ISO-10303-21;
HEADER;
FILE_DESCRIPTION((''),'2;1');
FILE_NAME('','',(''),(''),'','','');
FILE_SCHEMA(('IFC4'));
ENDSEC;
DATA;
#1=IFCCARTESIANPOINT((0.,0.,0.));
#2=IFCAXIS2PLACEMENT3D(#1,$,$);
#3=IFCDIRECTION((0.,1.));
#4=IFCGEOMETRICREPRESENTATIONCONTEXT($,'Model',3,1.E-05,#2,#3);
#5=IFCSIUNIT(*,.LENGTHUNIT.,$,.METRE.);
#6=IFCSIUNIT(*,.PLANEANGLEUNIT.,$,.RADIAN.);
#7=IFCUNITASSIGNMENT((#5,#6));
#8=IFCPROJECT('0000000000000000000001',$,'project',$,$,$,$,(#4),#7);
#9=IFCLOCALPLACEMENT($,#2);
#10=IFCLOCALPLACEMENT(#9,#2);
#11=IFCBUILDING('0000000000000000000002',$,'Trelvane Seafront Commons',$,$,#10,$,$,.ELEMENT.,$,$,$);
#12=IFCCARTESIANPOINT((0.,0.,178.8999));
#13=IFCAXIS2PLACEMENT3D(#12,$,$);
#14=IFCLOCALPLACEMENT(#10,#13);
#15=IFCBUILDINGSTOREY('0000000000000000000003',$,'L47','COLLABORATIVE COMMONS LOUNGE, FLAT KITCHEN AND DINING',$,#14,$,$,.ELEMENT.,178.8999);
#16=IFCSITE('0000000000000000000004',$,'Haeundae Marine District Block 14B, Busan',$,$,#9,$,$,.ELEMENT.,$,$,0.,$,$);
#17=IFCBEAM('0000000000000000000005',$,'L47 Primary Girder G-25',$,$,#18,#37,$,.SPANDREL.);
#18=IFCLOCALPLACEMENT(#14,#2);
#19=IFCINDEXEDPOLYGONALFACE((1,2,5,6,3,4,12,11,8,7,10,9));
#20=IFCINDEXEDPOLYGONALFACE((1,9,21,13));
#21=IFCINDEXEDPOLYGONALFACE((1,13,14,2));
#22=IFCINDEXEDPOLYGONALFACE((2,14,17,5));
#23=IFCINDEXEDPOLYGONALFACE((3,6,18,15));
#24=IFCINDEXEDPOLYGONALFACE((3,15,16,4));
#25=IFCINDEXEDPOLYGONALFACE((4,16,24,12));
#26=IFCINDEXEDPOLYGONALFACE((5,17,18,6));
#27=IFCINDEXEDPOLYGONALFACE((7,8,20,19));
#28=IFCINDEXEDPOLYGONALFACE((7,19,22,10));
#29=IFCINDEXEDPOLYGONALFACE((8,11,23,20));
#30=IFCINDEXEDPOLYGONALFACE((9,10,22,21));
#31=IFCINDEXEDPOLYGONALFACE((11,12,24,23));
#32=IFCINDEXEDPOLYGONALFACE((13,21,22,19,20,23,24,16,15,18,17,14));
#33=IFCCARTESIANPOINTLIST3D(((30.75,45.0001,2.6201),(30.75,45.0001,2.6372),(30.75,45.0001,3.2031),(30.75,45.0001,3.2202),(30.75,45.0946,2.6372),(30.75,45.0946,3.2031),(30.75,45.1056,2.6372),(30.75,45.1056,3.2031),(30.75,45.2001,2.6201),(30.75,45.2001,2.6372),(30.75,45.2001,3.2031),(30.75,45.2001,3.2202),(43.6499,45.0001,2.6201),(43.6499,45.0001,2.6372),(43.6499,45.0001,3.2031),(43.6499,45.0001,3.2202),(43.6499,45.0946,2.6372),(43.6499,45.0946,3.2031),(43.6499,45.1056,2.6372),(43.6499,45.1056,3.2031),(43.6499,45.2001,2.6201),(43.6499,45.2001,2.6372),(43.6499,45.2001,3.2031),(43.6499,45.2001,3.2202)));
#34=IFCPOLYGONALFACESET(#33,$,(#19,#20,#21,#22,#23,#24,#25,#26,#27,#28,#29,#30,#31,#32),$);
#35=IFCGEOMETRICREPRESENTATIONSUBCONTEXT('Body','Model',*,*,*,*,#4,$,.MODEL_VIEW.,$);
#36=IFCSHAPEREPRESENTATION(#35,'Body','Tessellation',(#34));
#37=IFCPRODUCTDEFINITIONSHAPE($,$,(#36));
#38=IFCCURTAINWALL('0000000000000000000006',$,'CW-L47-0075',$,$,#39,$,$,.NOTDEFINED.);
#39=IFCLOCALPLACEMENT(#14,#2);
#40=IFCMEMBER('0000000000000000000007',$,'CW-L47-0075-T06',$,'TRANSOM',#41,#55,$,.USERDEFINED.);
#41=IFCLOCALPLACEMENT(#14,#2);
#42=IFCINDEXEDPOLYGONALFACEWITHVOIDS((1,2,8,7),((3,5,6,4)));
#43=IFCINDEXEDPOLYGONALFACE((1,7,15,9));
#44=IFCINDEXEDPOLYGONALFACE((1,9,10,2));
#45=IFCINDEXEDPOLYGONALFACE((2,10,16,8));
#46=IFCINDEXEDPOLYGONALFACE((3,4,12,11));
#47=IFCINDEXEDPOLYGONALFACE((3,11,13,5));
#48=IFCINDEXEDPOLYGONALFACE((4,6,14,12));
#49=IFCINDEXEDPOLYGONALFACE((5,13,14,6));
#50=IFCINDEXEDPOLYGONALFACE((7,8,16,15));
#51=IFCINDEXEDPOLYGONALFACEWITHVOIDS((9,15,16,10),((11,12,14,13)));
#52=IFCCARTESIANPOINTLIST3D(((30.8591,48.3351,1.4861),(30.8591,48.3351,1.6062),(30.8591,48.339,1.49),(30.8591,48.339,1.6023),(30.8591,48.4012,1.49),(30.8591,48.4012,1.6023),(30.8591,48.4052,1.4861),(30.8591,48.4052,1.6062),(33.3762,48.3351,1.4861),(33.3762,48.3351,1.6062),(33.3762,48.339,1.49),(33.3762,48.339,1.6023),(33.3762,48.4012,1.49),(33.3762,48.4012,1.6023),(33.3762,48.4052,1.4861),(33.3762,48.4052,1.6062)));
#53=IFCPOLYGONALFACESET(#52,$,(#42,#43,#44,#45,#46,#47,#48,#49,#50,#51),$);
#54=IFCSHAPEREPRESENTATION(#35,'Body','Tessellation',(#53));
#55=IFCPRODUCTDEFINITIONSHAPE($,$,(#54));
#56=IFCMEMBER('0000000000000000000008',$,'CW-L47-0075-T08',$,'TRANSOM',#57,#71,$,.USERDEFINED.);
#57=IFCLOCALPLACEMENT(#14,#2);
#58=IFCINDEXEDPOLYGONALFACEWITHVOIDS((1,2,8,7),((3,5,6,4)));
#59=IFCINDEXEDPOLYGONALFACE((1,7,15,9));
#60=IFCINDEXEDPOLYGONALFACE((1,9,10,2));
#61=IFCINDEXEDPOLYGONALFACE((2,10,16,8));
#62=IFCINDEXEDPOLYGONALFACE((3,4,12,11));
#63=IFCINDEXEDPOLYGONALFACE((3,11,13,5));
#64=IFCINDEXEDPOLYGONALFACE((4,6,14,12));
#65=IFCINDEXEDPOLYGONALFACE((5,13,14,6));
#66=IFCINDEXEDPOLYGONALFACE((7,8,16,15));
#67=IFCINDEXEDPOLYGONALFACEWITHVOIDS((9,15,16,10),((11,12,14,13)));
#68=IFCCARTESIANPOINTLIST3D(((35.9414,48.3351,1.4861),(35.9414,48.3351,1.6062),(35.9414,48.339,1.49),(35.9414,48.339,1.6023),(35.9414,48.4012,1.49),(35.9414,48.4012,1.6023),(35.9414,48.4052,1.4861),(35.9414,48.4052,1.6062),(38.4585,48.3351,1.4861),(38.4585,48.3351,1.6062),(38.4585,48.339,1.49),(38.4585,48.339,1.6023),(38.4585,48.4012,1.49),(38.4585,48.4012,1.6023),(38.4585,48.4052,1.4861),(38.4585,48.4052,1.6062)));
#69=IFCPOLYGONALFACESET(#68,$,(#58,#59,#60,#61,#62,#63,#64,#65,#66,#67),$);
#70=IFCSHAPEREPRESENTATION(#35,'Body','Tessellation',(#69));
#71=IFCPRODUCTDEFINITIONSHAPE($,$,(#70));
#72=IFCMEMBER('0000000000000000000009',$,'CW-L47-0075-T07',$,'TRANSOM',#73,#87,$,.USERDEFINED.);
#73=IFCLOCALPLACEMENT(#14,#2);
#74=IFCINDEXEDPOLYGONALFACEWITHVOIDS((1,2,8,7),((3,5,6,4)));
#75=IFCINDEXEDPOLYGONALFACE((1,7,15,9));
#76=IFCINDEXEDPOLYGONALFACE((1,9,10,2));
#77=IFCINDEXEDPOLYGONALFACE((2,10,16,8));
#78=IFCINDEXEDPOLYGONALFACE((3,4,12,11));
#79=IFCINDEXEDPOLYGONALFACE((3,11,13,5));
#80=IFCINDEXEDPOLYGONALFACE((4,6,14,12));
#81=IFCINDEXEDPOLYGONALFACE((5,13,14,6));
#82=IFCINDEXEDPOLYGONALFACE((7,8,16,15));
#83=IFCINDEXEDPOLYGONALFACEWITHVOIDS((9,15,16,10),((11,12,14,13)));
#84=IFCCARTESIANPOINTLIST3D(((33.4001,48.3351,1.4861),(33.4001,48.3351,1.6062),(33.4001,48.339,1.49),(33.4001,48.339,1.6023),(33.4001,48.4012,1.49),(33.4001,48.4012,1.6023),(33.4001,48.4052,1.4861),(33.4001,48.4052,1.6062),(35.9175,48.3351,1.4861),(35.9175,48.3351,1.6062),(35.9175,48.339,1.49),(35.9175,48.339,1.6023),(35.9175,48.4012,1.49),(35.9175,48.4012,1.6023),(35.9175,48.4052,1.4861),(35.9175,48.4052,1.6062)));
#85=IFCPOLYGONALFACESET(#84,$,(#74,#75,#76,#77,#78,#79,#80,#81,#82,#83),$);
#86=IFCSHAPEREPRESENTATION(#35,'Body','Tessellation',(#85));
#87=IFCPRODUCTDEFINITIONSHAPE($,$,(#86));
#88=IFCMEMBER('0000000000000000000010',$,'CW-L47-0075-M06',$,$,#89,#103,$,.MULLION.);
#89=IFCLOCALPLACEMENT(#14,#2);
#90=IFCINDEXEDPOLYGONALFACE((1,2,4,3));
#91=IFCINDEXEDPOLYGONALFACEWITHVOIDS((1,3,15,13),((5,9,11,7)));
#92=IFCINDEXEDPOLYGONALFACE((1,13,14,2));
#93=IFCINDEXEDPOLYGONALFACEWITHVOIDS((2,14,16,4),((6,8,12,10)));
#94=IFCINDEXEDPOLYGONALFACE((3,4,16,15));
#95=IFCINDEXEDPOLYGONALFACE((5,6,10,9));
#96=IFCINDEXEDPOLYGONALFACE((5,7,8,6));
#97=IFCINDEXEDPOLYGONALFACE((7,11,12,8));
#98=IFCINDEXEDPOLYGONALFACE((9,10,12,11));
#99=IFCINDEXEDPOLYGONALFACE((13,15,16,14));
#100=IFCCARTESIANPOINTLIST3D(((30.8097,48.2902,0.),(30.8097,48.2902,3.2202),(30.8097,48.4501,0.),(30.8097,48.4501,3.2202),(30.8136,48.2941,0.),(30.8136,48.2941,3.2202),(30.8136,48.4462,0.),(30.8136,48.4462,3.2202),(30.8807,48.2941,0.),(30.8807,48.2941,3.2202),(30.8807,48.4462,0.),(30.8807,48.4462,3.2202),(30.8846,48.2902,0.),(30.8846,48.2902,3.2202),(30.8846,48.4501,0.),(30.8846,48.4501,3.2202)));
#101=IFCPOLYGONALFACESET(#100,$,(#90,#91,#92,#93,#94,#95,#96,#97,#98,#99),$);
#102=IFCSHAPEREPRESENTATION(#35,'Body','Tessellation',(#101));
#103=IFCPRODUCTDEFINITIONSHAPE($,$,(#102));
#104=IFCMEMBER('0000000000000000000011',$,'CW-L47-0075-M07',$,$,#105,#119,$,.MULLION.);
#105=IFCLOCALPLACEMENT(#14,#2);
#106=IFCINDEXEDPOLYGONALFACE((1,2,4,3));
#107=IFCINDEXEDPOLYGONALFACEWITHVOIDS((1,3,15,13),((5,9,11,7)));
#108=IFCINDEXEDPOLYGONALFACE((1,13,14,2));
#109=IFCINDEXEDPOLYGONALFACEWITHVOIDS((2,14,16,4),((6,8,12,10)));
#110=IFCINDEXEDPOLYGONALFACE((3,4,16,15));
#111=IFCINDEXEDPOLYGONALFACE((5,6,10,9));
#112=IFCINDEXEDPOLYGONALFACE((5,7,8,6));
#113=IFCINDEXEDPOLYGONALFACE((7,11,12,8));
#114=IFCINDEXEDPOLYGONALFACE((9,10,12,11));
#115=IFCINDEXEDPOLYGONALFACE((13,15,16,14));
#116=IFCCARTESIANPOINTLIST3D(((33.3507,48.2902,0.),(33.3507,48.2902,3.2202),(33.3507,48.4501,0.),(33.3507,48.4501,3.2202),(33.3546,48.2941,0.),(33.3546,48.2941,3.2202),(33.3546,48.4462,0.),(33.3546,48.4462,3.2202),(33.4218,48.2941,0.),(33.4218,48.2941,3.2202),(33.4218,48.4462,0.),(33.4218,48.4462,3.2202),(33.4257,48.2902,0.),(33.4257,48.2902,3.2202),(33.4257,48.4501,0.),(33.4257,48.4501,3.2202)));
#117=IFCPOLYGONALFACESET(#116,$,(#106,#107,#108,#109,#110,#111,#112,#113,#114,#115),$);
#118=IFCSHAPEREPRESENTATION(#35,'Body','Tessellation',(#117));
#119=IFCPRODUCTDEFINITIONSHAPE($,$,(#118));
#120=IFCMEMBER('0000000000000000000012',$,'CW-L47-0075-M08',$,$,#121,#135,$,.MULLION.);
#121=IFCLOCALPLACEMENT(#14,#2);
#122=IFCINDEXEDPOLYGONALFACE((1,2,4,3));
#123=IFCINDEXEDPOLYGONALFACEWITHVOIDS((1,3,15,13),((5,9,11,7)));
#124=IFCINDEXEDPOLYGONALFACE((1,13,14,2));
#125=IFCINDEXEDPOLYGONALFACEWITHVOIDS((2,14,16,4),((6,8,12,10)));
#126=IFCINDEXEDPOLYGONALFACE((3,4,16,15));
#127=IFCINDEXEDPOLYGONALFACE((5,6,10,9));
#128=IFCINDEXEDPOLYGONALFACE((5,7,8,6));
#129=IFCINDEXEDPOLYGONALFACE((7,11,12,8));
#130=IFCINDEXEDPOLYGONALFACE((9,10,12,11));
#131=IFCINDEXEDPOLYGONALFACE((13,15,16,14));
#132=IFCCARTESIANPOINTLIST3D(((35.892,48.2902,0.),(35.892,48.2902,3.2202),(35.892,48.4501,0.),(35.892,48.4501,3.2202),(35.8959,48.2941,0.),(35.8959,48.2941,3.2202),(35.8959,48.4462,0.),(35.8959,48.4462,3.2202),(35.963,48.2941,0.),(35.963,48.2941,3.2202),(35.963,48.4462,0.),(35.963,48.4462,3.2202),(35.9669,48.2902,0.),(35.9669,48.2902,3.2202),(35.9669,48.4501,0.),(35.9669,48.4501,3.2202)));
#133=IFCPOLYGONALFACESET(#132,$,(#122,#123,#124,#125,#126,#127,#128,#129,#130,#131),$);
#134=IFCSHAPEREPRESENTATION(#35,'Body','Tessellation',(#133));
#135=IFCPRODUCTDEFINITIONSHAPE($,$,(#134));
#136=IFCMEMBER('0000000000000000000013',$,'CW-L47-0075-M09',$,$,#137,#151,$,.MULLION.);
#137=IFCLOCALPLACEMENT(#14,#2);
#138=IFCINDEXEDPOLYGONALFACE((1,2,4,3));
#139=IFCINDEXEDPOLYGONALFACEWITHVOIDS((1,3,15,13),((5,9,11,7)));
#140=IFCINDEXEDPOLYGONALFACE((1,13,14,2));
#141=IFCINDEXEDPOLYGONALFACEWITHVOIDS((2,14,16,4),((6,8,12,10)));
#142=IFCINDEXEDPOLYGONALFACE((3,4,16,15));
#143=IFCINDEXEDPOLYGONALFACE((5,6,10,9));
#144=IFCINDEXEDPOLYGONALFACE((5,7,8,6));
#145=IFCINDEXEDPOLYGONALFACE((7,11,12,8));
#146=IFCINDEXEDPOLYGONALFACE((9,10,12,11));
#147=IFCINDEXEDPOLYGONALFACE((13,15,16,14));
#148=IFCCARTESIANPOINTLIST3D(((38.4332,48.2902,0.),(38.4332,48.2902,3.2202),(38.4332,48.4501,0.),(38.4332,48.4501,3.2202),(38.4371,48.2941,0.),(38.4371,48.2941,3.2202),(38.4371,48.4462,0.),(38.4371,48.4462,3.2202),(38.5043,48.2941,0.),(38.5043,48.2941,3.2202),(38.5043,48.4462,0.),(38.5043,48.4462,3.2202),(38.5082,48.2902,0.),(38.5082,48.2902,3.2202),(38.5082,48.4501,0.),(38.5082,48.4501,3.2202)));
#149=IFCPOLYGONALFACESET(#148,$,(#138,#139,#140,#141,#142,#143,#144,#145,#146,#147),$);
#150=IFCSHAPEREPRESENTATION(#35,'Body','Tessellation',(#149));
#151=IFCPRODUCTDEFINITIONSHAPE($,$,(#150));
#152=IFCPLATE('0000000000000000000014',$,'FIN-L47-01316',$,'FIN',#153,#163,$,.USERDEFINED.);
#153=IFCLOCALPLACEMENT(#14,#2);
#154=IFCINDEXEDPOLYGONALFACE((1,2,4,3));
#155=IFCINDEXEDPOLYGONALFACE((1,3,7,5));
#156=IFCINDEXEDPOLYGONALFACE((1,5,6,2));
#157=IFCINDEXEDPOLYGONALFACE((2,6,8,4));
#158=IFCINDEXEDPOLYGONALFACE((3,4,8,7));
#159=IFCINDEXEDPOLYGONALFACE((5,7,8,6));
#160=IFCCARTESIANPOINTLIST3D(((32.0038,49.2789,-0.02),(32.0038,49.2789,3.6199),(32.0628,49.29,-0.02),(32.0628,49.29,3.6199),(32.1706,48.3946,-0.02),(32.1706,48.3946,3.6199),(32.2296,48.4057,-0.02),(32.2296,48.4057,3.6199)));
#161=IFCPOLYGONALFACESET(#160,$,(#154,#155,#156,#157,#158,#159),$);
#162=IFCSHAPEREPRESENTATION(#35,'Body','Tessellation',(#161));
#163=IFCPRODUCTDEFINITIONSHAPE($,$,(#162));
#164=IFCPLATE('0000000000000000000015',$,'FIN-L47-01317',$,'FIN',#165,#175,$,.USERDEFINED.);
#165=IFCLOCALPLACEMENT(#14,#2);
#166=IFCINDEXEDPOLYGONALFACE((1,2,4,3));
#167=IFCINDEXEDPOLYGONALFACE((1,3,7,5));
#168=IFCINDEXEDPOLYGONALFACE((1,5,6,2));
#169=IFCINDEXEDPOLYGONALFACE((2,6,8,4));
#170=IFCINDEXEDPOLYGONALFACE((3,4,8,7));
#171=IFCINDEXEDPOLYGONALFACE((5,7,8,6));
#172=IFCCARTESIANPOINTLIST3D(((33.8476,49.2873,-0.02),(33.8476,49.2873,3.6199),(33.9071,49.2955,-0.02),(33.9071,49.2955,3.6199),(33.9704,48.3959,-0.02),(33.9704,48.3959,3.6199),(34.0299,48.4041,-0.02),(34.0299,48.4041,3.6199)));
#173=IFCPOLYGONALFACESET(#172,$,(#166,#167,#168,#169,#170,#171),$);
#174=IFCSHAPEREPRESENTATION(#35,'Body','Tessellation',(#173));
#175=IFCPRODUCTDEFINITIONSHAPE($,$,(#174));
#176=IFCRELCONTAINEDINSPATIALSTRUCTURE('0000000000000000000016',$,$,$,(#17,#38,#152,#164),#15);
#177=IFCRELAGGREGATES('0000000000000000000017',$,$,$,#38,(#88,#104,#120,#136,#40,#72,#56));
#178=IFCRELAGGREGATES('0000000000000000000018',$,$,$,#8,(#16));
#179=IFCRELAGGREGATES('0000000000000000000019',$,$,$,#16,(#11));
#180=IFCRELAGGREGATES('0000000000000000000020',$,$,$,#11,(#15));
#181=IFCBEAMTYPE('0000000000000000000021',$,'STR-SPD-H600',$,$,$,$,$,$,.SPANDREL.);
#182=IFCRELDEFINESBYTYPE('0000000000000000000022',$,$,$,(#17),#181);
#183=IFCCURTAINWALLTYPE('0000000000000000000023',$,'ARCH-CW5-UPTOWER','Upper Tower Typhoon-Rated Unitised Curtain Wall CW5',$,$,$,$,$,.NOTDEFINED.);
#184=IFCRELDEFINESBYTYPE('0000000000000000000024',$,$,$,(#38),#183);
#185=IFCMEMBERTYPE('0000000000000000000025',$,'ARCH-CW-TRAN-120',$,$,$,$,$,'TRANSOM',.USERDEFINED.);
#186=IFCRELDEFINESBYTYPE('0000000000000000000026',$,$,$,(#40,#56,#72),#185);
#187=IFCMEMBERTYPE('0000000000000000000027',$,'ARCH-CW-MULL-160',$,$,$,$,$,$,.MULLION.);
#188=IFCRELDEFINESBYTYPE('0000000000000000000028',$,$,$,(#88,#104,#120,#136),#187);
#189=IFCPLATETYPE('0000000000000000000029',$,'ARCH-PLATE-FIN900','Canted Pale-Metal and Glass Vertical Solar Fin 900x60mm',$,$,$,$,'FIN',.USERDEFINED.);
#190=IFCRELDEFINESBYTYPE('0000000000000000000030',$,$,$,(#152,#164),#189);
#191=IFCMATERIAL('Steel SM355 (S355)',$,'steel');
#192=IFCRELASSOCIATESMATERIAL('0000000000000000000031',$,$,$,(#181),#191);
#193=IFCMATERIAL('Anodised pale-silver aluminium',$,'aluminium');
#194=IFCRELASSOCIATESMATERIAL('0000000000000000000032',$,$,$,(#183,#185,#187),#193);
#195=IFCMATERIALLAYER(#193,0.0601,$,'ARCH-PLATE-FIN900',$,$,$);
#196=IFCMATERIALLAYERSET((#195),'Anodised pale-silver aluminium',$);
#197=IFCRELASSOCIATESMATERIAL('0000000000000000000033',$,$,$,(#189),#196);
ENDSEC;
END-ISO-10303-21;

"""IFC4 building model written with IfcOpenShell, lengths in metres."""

from ifc_helpers import new_model, si_unit, direction, frame, origin, origin_2d, place, context, subcontext, project, spatial, rectangle, hollow_rectangle, i_section, extrude, source, transform, mapped, material, layer, layer_set, material_profile, profile_set, type_object, element, aggregate, save


model = new_model("IFC4")

# Units and contexts
model_context = context("Model", 3, precision=1e-05, world=origin(), true_north=direction((0.0, 1.0)))
body_context = subcontext(model_context, "Body", "Model", "MODEL_VIEW")
ifc_project = project(units=[si_unit("LENGTHUNIT", "METRE"), si_unit("PLANEANGLEUNIT", "RADIAN")], contexts=[model_context])

# Site, building, storey
site_placement = place(None, origin())
site = spatial("IfcSite", under=ifc_project, at=site_placement, Name="Haeundae Marine District Block 14B, Busan", CompositionType="ELEMENT", RefElevation=0.0)
building_placement = place(site_placement, origin())
building = spatial("IfcBuilding", under=site, at=building_placement, Name="Trelvane Seafront Commons", CompositionType="ELEMENT")
storey_placement = place(building_placement, frame((0.0, 0.0, 178.8999)))
storey = spatial("IfcBuildingStorey", under=building, at=storey_placement, Name="L47", Description="COLLABORATIVE COMMONS LOUNGE, FLAT KITCHEN AND DINING", CompositionType="ELEMENT", Elevation=178.8999)

# Beam
ifc_material_1 = material(Name="Steel SM355 (S355)", Category="steel")
ifc_material_profile_1 = material_profile(ifc_material_1, i_section(OverallWidth=0.2, OverallDepth=0.6001, WebThickness=0.011, FlangeThickness=0.0171, at=origin_2d()), Name="H-600x200x11x17")
ifc_profile_set_1 = profile_set([ifc_material_profile_1], Name="Steel SM355 (S355)")
beam_type = type_object("IfcBeamType", Name="STR-SPD-H600", PredefinedType="SPANDREL", material=ifc_profile_set_1)
shared_shape_1 = source(origin(), body_context, "Body", "SweptSolid", [
    extrude(i_section(OverallWidth=0.2, OverallDepth=0.6001, WebThickness=0.011, FlangeThickness=0.0171, at=origin_2d()), origin(), (0.0, 0.0, 1.0), 12.8999),
])
beam_placement = place(storey_placement, frame((30.75, 45.1001, 2.9202), z_axis=(1.0, 0.0, 0.0), x_axis=(0.0, 1.0, 0.0)))
element("IfcBeam", 1, at=beam_placement, inside=storey, type_object=beam_type, Name="L47 Primary Girder G-25", PredefinedType="SPANDREL", context=body_context, shape_type="MappedRepresentation", body=[
    mapped(shared_shape_1, transform((0.0, 0.0, 0.0), x_axis=(1.0, 0.0, 0.0), y_axis=(0.0, 1.0, 0.0), z_axis=(0.0, 0.0, 1.0), scale=1.0)),
])

# Curtain wall, members
ifc_material_2 = material(Name="Anodised pale-silver aluminium", Category="aluminium")
curtain_wall_type = type_object("IfcCurtainWallType", Name="ARCH-CW5-UPTOWER", Description="Upper Tower Typhoon-Rated Unitised Curtain Wall CW5", PredefinedType="NOTDEFINED", material=ifc_material_2)
curtain_wall_placement = place(storey_placement, origin())
curtain_wall = element("IfcCurtainWall", 2, at=curtain_wall_placement, inside=storey, type_object=curtain_wall_type, Name="CW-L47-0075", PredefinedType="NOTDEFINED")
ifc_material_profile_2 = material_profile(ifc_material_2, hollow_rectangle(XDim=0.0701, YDim=0.1201, WallThickness=0.0039, at=origin_2d()), Name="TRAN-70x120x4")
ifc_profile_set_2 = profile_set([ifc_material_profile_2], Name="Anodised pale-silver aluminium")
member_type_1 = type_object("IfcMemberType", Name="ARCH-CW-TRAN-120", ElementType="TRANSOM", PredefinedType="USERDEFINED", material=ifc_profile_set_2)
shared_shape_2 = source(origin(), body_context, "Body", "SweptSolid", [
    extrude(hollow_rectangle(XDim=0.0701, YDim=0.1201, WallThickness=0.0039, at=origin_2d()), origin(), (0.0, 0.0, 1.0), 2.5171),
])
member_1_placement = place(storey_placement, frame((30.8591, 48.3701, 1.5461), z_axis=(1.0, 0.0, 0.0), x_axis=(0.0, 1.0, 0.0)))
member_1 = element("IfcMember", 3, at=member_1_placement, type_object=member_type_1, Name="CW-L47-0075-T06", ObjectType="TRANSOM", PredefinedType="USERDEFINED", context=body_context, shape_type="MappedRepresentation", body=[
    mapped(shared_shape_2, transform((0.0, 0.0, 0.0), x_axis=(1.0, 0.0, 0.0), y_axis=(0.0, 1.0, 0.0), z_axis=(0.0, 0.0, 1.0), scale=1.0)),
])
member_2_placement = place(storey_placement, frame((35.9414, 48.3701, 1.5461), z_axis=(1.0, 0.0, 0.0), x_axis=(0.0, 1.0, 0.0)))
member_2 = element("IfcMember", 4, at=member_2_placement, type_object=member_type_1, Name="CW-L47-0075-T08", ObjectType="TRANSOM", PredefinedType="USERDEFINED", context=body_context, shape_type="MappedRepresentation", body=[
    mapped(shared_shape_2, transform((0.0, 0.0, 0.0), x_axis=(1.0, 0.0, 0.0), y_axis=(0.0, 1.0, 0.0), z_axis=(0.0, 0.0, 1.0), scale=1.0)),
])
shared_shape_3 = source(origin(), body_context, "Body", "SweptSolid", [
    extrude(hollow_rectangle(XDim=0.0701, YDim=0.1201, WallThickness=0.0039, at=origin_2d()), origin(), (0.0, 0.0, 1.0), 2.5173),
])
member_3_placement = place(storey_placement, frame((33.4001, 48.3701, 1.5461), z_axis=(1.0, 0.0, 0.0), x_axis=(0.0, 1.0, 0.0)))
member_3 = element("IfcMember", 5, at=member_3_placement, type_object=member_type_1, Name="CW-L47-0075-T07", ObjectType="TRANSOM", PredefinedType="USERDEFINED", context=body_context, shape_type="MappedRepresentation", body=[
    mapped(shared_shape_3, transform((0.0, 0.0, 0.0), x_axis=(1.0, 0.0, 0.0), y_axis=(0.0, 1.0, 0.0), z_axis=(0.0, 0.0, 1.0), scale=1.0)),
])
ifc_material_profile_3 = material_profile(ifc_material_2, hollow_rectangle(XDim=0.075, YDim=0.1599, WallThickness=0.0039, at=origin_2d()), Name="MULL-75x160x4")
ifc_profile_set_3 = profile_set([ifc_material_profile_3], Name="Anodised pale-silver aluminium")
member_type_2 = type_object("IfcMemberType", Name="ARCH-CW-MULL-160", PredefinedType="MULLION", material=ifc_profile_set_3)
shared_shape_4 = source(origin(), body_context, "Body", "SweptSolid", [
    extrude(hollow_rectangle(XDim=0.075, YDim=0.1599, WallThickness=0.0039, at=origin_2d()), origin(), (0.0, 0.0, 1.0), 3.2202),
])
member_4_placement = place(storey_placement, frame((30.8472, 48.3701, 0.0), z_axis=(0.0, 0.0, 1.0), x_axis=(1.0, 0.0, 0.0)))
member_4 = element("IfcMember", 6, at=member_4_placement, type_object=member_type_2, Name="CW-L47-0075-M06", PredefinedType="MULLION", context=body_context, shape_type="MappedRepresentation", body=[
    mapped(shared_shape_4, transform((0.0, 0.0, 0.0), x_axis=(1.0, 0.0, 0.0), y_axis=(0.0, 1.0, 0.0), z_axis=(0.0, 0.0, 1.0), scale=1.0)),
])
member_5_placement = place(storey_placement, frame((33.3882, 48.3701, 0.0), z_axis=(0.0, 0.0, 1.0), x_axis=(1.0, 0.0, 0.0)))
member_5 = element("IfcMember", 7, at=member_5_placement, type_object=member_type_2, Name="CW-L47-0075-M07", PredefinedType="MULLION", context=body_context, shape_type="MappedRepresentation", body=[
    mapped(shared_shape_4, transform((0.0, 0.0, 0.0), x_axis=(1.0, 0.0, 0.0), y_axis=(0.0, 1.0, 0.0), z_axis=(0.0, 0.0, 1.0), scale=1.0)),
])
member_6_placement = place(storey_placement, frame((35.9294, 48.3701, 0.0), z_axis=(0.0, 0.0, 1.0), x_axis=(1.0, 0.0, 0.0)))
member_6 = element("IfcMember", 8, at=member_6_placement, type_object=member_type_2, Name="CW-L47-0075-M08", PredefinedType="MULLION", context=body_context, shape_type="MappedRepresentation", body=[
    mapped(shared_shape_4, transform((0.0, 0.0, 0.0), x_axis=(1.0, 0.0, 0.0), y_axis=(0.0, 1.0, 0.0), z_axis=(0.0, 0.0, 1.0), scale=1.0)),
])
member_7_placement = place(storey_placement, frame((38.4707, 48.3701, 0.0), z_axis=(0.0, 0.0, 1.0), x_axis=(1.0, 0.0, 0.0)))
member_7 = element("IfcMember", 9, at=member_7_placement, type_object=member_type_2, Name="CW-L47-0075-M09", PredefinedType="MULLION", context=body_context, shape_type="MappedRepresentation", body=[
    mapped(shared_shape_4, transform((0.0, 0.0, 0.0), x_axis=(1.0, 0.0, 0.0), y_axis=(0.0, 1.0, 0.0), z_axis=(0.0, 0.0, 1.0), scale=1.0)),
])

# Plates
ifc_layer_1 = layer(ifc_material_2, 0.0601, Name="ARCH-PLATE-FIN900")
ifc_layer_set_1 = layer_set([ifc_layer_1], Name="Anodised pale-silver aluminium")
plate_type_1 = type_object("IfcPlateType", Name="ARCH-PLATE-FIN900", Description="Canted Pale-Metal and Glass Vertical Solar Fin 900x60mm", ElementType="FIN", PredefinedType="USERDEFINED", material=ifc_layer_set_1)
shared_shape_5 = source(origin(), body_context, "Body", "SweptSolid", [
    extrude(rectangle(XDim=0.8999, YDim=0.0601, at=origin_2d()), origin(), (0.0, 0.0, 1.0), 3.6399),
])
for number, where, z_axis, x_axis, name in (
    (10, (32.1167, 48.8423, -0.02), (0.0, 0.0, 1.0), (-0.185336, 0.982675, 0.0), "FIN-L47-01316"),
    (11, (33.9387, 48.8457, -0.02), (0.0, 0.0, 1.0), (-0.136442, 0.990648, 0.0), "FIN-L47-01317"),
):
    element("IfcPlate", number, at=place(storey_placement, frame(where, z_axis=z_axis, x_axis=x_axis)), inside=storey, type_object=plate_type_1, Name=name, ObjectType="FIN", PredefinedType="USERDEFINED", context=body_context, shape_type="MappedRepresentation", body=[
        mapped(shared_shape_5, transform((0.0, 0.0, 0.0), x_axis=(1.0, 0.0, 0.0), y_axis=(0.0, 1.0, 0.0), z_axis=(0.0, 0.0, 1.0), scale=1.0)),
    ])

aggregate(curtain_wall, [member_4, member_5, member_6, member_7, member_1, member_3, member_2])

save(model, "model.ifc")
